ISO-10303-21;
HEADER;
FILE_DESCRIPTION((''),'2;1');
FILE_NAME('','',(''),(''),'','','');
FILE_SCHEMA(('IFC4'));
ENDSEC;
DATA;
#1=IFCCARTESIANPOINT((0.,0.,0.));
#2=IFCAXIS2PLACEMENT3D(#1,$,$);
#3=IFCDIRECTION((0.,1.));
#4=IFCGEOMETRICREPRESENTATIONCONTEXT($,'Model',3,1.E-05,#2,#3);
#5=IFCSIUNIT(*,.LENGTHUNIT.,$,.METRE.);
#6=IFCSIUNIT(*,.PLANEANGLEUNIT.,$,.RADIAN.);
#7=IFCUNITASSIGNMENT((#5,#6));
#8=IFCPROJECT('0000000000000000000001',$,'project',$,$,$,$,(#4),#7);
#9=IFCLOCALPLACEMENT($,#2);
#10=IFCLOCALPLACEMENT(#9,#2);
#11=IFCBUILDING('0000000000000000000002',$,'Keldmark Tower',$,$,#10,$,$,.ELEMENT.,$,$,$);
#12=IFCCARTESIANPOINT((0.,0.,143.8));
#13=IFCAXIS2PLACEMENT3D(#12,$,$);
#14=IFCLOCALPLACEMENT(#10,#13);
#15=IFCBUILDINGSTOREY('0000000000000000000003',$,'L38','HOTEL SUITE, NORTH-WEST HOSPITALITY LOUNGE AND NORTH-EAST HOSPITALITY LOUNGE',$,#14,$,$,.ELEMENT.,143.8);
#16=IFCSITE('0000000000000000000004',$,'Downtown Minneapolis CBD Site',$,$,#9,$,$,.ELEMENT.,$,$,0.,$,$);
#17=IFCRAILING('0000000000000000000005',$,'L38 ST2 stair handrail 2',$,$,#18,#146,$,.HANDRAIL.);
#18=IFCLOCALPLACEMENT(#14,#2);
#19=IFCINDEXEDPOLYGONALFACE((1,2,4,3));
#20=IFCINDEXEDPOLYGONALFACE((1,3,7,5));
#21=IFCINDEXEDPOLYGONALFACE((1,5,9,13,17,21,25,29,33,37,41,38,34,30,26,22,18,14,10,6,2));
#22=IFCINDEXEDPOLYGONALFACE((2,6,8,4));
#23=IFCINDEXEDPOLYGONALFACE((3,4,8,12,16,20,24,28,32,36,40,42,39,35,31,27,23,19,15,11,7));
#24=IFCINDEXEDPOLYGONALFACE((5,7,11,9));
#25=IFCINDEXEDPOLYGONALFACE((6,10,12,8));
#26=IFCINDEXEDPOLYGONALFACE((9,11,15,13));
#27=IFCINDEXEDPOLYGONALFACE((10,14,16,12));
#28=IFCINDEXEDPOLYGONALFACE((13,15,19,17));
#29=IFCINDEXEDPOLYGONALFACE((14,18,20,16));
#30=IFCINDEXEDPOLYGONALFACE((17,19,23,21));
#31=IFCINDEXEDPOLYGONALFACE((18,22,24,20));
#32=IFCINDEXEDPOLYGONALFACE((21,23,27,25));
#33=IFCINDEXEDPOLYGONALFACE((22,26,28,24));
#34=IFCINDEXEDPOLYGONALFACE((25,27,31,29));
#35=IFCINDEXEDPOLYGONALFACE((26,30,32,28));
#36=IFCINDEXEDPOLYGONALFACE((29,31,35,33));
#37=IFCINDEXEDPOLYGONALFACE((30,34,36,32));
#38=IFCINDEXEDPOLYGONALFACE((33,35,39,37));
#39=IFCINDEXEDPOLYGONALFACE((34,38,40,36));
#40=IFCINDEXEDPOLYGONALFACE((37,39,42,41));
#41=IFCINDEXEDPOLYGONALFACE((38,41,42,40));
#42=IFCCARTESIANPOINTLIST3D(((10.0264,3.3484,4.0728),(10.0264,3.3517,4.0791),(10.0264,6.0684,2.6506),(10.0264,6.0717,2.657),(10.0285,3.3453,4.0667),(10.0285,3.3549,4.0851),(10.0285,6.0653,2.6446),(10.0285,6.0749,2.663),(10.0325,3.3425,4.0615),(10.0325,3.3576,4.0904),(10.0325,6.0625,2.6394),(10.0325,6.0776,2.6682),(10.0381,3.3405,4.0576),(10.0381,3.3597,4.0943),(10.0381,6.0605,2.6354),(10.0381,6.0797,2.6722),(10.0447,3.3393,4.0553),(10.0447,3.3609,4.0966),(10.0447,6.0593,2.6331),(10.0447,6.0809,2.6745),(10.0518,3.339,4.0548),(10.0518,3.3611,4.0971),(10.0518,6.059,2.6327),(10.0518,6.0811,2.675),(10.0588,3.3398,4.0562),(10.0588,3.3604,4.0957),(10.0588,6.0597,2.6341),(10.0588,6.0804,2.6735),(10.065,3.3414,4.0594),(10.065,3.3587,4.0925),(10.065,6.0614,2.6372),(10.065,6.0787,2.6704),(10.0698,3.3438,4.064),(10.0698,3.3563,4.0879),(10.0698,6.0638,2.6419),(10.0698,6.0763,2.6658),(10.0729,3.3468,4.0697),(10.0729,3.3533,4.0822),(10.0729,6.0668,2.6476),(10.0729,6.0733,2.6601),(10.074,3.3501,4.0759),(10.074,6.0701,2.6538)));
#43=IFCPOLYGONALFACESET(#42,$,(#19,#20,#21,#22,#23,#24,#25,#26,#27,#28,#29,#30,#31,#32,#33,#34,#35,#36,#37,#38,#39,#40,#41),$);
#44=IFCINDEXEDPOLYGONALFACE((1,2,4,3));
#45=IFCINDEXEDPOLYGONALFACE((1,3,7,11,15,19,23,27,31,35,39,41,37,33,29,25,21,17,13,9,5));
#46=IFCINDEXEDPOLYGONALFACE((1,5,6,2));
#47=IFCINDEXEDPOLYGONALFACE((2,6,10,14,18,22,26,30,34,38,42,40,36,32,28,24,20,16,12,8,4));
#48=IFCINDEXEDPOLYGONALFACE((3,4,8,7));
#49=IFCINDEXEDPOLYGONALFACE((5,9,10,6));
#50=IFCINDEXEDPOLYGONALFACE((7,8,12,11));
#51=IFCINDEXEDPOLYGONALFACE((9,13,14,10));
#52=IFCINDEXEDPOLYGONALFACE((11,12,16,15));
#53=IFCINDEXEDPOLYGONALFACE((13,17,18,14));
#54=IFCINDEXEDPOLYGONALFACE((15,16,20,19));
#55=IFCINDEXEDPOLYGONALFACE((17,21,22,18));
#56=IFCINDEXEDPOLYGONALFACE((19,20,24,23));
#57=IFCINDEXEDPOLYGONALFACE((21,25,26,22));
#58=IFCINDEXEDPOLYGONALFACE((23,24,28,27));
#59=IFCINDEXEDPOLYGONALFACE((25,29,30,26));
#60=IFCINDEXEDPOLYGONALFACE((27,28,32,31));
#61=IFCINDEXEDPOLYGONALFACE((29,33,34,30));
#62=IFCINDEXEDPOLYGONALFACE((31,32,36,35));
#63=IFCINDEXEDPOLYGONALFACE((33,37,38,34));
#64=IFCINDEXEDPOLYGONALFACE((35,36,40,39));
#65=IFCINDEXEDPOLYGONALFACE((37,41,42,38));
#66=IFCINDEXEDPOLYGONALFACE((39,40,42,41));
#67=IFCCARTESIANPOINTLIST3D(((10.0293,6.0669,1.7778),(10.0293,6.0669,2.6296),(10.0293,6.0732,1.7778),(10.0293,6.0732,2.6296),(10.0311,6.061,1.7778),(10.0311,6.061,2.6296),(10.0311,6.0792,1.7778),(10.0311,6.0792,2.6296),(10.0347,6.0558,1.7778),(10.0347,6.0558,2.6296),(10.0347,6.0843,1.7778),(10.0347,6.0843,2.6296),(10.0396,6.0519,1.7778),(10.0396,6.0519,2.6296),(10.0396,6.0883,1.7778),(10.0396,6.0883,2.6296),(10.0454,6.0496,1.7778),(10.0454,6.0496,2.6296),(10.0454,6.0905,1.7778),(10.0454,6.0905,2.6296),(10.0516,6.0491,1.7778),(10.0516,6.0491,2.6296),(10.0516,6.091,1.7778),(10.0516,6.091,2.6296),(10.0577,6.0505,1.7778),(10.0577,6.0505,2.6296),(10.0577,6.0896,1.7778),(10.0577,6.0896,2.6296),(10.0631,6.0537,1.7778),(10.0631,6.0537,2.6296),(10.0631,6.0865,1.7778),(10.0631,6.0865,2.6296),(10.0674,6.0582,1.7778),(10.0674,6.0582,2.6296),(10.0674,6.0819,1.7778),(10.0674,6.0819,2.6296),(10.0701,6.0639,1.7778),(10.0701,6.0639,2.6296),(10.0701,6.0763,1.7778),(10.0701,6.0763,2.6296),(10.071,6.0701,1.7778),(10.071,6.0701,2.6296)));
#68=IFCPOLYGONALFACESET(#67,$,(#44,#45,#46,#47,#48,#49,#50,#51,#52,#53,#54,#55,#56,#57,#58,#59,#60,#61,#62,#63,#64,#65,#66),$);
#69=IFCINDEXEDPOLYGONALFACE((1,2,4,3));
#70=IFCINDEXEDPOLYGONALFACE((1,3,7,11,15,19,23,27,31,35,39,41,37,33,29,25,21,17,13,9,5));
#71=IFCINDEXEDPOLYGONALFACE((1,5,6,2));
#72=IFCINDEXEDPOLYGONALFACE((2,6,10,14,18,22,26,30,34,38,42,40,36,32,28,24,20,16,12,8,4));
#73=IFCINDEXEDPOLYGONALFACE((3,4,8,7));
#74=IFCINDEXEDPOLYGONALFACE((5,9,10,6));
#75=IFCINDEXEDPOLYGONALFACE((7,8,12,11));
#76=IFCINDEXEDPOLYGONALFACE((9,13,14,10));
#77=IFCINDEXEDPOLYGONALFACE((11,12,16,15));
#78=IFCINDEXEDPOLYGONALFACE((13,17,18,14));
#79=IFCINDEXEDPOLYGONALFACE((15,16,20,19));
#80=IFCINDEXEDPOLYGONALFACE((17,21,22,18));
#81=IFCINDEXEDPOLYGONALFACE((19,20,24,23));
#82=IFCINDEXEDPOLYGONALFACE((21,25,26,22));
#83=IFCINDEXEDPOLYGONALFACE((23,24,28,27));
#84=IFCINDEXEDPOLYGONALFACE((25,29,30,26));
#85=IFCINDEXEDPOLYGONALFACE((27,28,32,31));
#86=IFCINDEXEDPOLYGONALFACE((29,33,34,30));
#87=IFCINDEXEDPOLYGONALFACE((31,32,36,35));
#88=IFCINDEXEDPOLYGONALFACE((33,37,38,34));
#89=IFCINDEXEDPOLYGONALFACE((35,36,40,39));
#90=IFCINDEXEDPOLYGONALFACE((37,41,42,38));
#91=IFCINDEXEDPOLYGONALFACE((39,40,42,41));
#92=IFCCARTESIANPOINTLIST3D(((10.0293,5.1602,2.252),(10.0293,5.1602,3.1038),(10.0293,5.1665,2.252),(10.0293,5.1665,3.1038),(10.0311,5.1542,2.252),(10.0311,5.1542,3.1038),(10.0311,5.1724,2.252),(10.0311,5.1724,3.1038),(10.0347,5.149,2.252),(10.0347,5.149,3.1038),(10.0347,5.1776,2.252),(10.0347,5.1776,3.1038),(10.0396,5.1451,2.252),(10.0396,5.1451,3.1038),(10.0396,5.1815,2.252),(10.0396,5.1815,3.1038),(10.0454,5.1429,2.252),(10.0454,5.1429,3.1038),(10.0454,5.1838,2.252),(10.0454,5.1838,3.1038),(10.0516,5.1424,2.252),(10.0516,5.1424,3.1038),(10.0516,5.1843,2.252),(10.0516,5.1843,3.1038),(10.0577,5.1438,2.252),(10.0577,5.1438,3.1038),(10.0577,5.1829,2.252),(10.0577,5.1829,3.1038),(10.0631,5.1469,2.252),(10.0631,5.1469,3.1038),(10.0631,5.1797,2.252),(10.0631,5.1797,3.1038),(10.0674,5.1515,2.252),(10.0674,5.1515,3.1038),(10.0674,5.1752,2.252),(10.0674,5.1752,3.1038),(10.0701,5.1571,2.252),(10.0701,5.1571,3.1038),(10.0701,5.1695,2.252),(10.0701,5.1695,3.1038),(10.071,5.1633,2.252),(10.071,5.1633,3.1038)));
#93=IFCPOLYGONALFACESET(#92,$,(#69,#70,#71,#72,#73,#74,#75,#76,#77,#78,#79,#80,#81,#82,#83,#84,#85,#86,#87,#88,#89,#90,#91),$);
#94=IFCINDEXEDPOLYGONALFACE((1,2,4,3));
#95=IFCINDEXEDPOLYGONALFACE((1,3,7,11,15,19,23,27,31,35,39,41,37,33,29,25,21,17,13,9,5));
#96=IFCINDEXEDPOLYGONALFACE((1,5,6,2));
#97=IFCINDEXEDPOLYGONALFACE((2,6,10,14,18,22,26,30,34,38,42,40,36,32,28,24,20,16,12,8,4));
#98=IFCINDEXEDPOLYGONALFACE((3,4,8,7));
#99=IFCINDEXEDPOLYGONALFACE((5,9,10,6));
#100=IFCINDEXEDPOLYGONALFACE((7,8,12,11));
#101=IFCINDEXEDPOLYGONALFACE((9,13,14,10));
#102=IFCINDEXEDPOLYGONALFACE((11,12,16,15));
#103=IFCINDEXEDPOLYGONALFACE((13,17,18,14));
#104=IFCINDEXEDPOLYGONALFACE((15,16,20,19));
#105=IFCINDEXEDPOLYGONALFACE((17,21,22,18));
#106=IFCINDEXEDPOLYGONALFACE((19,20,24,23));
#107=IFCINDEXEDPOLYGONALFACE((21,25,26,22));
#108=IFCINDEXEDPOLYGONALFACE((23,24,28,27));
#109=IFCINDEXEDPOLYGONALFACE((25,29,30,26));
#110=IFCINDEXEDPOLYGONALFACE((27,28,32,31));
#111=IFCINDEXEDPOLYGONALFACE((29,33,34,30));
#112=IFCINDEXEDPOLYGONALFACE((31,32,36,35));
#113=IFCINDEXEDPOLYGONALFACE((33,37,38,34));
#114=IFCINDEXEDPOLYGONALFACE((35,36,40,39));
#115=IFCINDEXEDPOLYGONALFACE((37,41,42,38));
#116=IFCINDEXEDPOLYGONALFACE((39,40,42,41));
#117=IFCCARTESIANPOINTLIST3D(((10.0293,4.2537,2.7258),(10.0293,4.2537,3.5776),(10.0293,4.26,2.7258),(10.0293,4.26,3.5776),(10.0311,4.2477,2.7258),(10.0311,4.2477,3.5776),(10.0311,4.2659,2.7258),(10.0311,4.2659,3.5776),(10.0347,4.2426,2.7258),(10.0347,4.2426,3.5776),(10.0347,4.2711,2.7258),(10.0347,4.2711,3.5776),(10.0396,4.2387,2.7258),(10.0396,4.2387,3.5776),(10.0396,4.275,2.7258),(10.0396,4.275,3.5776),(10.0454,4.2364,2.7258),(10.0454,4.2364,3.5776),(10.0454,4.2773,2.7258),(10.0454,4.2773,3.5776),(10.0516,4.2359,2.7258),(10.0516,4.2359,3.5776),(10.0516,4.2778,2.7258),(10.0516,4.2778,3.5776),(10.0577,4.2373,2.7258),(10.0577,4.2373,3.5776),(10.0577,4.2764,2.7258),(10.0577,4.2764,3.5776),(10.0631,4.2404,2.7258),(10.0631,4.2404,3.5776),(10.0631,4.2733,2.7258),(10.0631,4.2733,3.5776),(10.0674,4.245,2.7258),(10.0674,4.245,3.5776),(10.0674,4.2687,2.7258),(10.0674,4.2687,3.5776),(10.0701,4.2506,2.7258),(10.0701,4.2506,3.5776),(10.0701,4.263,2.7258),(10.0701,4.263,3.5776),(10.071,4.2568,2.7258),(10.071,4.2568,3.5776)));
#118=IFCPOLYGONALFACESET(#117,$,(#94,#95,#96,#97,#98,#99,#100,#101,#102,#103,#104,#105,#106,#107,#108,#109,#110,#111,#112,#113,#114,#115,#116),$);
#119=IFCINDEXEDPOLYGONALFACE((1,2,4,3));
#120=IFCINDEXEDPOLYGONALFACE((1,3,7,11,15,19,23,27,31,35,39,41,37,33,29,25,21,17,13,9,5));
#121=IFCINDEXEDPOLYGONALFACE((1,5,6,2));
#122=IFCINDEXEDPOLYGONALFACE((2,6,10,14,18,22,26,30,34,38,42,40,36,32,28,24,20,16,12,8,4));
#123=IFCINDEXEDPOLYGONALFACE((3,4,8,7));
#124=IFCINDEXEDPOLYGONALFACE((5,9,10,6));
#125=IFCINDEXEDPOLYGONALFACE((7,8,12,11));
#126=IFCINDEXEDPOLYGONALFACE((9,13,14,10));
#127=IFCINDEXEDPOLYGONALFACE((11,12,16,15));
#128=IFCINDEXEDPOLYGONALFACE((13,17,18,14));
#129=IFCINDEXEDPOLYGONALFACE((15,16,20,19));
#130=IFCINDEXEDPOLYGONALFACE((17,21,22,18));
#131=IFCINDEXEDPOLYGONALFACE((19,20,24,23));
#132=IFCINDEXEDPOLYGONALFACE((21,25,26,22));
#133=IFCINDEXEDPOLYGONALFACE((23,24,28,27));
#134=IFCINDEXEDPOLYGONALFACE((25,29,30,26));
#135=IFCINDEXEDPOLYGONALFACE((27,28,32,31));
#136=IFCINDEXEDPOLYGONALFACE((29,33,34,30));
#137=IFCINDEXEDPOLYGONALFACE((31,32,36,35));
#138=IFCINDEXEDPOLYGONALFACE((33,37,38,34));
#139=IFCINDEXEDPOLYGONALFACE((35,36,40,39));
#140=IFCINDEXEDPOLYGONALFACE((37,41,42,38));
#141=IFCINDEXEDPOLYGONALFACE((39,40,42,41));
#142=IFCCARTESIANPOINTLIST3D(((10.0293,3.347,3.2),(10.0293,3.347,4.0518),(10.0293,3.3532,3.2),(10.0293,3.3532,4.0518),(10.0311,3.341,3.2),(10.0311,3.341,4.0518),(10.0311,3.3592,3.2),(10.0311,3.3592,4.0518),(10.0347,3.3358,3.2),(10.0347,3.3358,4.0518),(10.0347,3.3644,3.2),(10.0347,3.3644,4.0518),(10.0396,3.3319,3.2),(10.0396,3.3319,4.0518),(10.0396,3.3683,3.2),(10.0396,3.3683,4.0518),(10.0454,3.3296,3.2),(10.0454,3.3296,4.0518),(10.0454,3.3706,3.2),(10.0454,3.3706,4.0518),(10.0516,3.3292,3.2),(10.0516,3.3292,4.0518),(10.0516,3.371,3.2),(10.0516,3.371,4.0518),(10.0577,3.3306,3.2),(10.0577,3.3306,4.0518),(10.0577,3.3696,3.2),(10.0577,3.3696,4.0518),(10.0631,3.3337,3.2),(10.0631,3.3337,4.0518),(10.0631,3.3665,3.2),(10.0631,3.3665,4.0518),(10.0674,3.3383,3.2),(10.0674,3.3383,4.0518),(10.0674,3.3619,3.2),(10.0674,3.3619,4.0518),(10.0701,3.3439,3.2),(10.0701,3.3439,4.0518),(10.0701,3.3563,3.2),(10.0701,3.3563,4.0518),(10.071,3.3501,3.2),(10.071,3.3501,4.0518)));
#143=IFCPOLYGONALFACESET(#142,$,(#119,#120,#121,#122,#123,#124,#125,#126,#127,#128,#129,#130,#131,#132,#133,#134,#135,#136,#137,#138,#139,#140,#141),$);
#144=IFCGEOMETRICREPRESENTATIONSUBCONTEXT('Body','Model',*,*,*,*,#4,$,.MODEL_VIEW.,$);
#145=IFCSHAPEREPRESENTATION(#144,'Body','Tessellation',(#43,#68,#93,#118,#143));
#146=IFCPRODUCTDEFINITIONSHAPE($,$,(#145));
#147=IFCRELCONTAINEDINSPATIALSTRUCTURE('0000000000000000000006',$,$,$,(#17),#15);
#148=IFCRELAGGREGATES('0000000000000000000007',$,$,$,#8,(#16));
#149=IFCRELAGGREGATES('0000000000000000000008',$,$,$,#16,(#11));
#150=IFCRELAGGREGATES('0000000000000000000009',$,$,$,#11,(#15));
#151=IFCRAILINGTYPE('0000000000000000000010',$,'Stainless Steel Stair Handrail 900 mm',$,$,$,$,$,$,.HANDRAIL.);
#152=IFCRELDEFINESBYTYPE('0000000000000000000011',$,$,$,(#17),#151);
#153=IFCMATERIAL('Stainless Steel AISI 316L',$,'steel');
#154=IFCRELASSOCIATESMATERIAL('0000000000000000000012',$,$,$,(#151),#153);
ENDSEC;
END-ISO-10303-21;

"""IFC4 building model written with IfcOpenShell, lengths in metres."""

from ifc_helpers import new_model, si_unit, direction, frame, origin, origin_2d, place, context, subcontext, project, spatial, circle, extrude, material, type_object, element, save


model = new_model("IFC4")

# Units and contexts
model_context = context("Model", 3, precision=1e-05, world=origin(), true_north=direction((0.0, 1.0)))
body_context = subcontext(model_context, "Body", "Model", "MODEL_VIEW")
ifc_project = project(units=[si_unit("LENGTHUNIT", "METRE"), si_unit("PLANEANGLEUNIT", "RADIAN")], contexts=[model_context])

# Site, building, storey
site_placement = place(None, origin())
site = spatial("IfcSite", under=ifc_project, at=site_placement, Name="Downtown Minneapolis CBD Site", CompositionType="ELEMENT", RefElevation=0.0)
building_placement = place(site_placement, origin())
building = spatial("IfcBuilding", under=site, at=building_placement, Name="Keldmark Tower", CompositionType="ELEMENT")
storey_placement = place(building_placement, frame((0.0, 0.0, 143.8)))
storey = spatial("IfcBuildingStorey", under=building, at=storey_placement, Name="L38", Description="HOTEL SUITE, NORTH-WEST HOSPITALITY LOUNGE AND NORTH-EAST HOSPITALITY LOUNGE", CompositionType="ELEMENT", Elevation=143.8)

# Railing
ifc_material_1 = material(Name="Stainless Steel AISI 316L", Category="steel")
railing_type_1 = type_object("IfcRailingType", Name="Stainless Steel Stair Handrail 900 mm", PredefinedType="HANDRAIL", material=ifc_material_1)
railing_1_placement = place(storey_placement, frame((10.05, 6.0701, 1.7778)))
element("IfcRailing", 1, at=railing_1_placement, inside=storey, type_object=railing_type_1, Name="L38 ST2 stair handrail 2", PredefinedType="HANDRAIL", context=body_context, shape_type="SweptSolid", body=[
    extrude(circle(Radius=0.0239, at=origin_2d()), frame((0.0, 0.0, 0.876), z_axis=(0.0, -0.886183, 0.463335), x_axis=(1.0, 0.0, 0.0)), (0.0, 0.0, 1.0), 3.0693),
    extrude(circle(Radius=0.021, at=origin_2d()), origin(), (0.0, 0.0, 1.0), 0.8518),
    extrude(circle(Radius=0.021, at=origin_2d()), frame((0.0, -0.9067, 0.4741)), (0.0, 0.0, 1.0), 0.8518),
    extrude(circle(Radius=0.021, at=origin_2d()), frame((0.0, -1.8132, 0.948)), (0.0, 0.0, 1.0), 0.8518),
    extrude(circle(Radius=0.021, at=origin_2d()), frame((0.0, -2.72, 1.4221)), (0.0, 0.0, 1.0), 0.8518),
])

save(model, "model.ifc")
